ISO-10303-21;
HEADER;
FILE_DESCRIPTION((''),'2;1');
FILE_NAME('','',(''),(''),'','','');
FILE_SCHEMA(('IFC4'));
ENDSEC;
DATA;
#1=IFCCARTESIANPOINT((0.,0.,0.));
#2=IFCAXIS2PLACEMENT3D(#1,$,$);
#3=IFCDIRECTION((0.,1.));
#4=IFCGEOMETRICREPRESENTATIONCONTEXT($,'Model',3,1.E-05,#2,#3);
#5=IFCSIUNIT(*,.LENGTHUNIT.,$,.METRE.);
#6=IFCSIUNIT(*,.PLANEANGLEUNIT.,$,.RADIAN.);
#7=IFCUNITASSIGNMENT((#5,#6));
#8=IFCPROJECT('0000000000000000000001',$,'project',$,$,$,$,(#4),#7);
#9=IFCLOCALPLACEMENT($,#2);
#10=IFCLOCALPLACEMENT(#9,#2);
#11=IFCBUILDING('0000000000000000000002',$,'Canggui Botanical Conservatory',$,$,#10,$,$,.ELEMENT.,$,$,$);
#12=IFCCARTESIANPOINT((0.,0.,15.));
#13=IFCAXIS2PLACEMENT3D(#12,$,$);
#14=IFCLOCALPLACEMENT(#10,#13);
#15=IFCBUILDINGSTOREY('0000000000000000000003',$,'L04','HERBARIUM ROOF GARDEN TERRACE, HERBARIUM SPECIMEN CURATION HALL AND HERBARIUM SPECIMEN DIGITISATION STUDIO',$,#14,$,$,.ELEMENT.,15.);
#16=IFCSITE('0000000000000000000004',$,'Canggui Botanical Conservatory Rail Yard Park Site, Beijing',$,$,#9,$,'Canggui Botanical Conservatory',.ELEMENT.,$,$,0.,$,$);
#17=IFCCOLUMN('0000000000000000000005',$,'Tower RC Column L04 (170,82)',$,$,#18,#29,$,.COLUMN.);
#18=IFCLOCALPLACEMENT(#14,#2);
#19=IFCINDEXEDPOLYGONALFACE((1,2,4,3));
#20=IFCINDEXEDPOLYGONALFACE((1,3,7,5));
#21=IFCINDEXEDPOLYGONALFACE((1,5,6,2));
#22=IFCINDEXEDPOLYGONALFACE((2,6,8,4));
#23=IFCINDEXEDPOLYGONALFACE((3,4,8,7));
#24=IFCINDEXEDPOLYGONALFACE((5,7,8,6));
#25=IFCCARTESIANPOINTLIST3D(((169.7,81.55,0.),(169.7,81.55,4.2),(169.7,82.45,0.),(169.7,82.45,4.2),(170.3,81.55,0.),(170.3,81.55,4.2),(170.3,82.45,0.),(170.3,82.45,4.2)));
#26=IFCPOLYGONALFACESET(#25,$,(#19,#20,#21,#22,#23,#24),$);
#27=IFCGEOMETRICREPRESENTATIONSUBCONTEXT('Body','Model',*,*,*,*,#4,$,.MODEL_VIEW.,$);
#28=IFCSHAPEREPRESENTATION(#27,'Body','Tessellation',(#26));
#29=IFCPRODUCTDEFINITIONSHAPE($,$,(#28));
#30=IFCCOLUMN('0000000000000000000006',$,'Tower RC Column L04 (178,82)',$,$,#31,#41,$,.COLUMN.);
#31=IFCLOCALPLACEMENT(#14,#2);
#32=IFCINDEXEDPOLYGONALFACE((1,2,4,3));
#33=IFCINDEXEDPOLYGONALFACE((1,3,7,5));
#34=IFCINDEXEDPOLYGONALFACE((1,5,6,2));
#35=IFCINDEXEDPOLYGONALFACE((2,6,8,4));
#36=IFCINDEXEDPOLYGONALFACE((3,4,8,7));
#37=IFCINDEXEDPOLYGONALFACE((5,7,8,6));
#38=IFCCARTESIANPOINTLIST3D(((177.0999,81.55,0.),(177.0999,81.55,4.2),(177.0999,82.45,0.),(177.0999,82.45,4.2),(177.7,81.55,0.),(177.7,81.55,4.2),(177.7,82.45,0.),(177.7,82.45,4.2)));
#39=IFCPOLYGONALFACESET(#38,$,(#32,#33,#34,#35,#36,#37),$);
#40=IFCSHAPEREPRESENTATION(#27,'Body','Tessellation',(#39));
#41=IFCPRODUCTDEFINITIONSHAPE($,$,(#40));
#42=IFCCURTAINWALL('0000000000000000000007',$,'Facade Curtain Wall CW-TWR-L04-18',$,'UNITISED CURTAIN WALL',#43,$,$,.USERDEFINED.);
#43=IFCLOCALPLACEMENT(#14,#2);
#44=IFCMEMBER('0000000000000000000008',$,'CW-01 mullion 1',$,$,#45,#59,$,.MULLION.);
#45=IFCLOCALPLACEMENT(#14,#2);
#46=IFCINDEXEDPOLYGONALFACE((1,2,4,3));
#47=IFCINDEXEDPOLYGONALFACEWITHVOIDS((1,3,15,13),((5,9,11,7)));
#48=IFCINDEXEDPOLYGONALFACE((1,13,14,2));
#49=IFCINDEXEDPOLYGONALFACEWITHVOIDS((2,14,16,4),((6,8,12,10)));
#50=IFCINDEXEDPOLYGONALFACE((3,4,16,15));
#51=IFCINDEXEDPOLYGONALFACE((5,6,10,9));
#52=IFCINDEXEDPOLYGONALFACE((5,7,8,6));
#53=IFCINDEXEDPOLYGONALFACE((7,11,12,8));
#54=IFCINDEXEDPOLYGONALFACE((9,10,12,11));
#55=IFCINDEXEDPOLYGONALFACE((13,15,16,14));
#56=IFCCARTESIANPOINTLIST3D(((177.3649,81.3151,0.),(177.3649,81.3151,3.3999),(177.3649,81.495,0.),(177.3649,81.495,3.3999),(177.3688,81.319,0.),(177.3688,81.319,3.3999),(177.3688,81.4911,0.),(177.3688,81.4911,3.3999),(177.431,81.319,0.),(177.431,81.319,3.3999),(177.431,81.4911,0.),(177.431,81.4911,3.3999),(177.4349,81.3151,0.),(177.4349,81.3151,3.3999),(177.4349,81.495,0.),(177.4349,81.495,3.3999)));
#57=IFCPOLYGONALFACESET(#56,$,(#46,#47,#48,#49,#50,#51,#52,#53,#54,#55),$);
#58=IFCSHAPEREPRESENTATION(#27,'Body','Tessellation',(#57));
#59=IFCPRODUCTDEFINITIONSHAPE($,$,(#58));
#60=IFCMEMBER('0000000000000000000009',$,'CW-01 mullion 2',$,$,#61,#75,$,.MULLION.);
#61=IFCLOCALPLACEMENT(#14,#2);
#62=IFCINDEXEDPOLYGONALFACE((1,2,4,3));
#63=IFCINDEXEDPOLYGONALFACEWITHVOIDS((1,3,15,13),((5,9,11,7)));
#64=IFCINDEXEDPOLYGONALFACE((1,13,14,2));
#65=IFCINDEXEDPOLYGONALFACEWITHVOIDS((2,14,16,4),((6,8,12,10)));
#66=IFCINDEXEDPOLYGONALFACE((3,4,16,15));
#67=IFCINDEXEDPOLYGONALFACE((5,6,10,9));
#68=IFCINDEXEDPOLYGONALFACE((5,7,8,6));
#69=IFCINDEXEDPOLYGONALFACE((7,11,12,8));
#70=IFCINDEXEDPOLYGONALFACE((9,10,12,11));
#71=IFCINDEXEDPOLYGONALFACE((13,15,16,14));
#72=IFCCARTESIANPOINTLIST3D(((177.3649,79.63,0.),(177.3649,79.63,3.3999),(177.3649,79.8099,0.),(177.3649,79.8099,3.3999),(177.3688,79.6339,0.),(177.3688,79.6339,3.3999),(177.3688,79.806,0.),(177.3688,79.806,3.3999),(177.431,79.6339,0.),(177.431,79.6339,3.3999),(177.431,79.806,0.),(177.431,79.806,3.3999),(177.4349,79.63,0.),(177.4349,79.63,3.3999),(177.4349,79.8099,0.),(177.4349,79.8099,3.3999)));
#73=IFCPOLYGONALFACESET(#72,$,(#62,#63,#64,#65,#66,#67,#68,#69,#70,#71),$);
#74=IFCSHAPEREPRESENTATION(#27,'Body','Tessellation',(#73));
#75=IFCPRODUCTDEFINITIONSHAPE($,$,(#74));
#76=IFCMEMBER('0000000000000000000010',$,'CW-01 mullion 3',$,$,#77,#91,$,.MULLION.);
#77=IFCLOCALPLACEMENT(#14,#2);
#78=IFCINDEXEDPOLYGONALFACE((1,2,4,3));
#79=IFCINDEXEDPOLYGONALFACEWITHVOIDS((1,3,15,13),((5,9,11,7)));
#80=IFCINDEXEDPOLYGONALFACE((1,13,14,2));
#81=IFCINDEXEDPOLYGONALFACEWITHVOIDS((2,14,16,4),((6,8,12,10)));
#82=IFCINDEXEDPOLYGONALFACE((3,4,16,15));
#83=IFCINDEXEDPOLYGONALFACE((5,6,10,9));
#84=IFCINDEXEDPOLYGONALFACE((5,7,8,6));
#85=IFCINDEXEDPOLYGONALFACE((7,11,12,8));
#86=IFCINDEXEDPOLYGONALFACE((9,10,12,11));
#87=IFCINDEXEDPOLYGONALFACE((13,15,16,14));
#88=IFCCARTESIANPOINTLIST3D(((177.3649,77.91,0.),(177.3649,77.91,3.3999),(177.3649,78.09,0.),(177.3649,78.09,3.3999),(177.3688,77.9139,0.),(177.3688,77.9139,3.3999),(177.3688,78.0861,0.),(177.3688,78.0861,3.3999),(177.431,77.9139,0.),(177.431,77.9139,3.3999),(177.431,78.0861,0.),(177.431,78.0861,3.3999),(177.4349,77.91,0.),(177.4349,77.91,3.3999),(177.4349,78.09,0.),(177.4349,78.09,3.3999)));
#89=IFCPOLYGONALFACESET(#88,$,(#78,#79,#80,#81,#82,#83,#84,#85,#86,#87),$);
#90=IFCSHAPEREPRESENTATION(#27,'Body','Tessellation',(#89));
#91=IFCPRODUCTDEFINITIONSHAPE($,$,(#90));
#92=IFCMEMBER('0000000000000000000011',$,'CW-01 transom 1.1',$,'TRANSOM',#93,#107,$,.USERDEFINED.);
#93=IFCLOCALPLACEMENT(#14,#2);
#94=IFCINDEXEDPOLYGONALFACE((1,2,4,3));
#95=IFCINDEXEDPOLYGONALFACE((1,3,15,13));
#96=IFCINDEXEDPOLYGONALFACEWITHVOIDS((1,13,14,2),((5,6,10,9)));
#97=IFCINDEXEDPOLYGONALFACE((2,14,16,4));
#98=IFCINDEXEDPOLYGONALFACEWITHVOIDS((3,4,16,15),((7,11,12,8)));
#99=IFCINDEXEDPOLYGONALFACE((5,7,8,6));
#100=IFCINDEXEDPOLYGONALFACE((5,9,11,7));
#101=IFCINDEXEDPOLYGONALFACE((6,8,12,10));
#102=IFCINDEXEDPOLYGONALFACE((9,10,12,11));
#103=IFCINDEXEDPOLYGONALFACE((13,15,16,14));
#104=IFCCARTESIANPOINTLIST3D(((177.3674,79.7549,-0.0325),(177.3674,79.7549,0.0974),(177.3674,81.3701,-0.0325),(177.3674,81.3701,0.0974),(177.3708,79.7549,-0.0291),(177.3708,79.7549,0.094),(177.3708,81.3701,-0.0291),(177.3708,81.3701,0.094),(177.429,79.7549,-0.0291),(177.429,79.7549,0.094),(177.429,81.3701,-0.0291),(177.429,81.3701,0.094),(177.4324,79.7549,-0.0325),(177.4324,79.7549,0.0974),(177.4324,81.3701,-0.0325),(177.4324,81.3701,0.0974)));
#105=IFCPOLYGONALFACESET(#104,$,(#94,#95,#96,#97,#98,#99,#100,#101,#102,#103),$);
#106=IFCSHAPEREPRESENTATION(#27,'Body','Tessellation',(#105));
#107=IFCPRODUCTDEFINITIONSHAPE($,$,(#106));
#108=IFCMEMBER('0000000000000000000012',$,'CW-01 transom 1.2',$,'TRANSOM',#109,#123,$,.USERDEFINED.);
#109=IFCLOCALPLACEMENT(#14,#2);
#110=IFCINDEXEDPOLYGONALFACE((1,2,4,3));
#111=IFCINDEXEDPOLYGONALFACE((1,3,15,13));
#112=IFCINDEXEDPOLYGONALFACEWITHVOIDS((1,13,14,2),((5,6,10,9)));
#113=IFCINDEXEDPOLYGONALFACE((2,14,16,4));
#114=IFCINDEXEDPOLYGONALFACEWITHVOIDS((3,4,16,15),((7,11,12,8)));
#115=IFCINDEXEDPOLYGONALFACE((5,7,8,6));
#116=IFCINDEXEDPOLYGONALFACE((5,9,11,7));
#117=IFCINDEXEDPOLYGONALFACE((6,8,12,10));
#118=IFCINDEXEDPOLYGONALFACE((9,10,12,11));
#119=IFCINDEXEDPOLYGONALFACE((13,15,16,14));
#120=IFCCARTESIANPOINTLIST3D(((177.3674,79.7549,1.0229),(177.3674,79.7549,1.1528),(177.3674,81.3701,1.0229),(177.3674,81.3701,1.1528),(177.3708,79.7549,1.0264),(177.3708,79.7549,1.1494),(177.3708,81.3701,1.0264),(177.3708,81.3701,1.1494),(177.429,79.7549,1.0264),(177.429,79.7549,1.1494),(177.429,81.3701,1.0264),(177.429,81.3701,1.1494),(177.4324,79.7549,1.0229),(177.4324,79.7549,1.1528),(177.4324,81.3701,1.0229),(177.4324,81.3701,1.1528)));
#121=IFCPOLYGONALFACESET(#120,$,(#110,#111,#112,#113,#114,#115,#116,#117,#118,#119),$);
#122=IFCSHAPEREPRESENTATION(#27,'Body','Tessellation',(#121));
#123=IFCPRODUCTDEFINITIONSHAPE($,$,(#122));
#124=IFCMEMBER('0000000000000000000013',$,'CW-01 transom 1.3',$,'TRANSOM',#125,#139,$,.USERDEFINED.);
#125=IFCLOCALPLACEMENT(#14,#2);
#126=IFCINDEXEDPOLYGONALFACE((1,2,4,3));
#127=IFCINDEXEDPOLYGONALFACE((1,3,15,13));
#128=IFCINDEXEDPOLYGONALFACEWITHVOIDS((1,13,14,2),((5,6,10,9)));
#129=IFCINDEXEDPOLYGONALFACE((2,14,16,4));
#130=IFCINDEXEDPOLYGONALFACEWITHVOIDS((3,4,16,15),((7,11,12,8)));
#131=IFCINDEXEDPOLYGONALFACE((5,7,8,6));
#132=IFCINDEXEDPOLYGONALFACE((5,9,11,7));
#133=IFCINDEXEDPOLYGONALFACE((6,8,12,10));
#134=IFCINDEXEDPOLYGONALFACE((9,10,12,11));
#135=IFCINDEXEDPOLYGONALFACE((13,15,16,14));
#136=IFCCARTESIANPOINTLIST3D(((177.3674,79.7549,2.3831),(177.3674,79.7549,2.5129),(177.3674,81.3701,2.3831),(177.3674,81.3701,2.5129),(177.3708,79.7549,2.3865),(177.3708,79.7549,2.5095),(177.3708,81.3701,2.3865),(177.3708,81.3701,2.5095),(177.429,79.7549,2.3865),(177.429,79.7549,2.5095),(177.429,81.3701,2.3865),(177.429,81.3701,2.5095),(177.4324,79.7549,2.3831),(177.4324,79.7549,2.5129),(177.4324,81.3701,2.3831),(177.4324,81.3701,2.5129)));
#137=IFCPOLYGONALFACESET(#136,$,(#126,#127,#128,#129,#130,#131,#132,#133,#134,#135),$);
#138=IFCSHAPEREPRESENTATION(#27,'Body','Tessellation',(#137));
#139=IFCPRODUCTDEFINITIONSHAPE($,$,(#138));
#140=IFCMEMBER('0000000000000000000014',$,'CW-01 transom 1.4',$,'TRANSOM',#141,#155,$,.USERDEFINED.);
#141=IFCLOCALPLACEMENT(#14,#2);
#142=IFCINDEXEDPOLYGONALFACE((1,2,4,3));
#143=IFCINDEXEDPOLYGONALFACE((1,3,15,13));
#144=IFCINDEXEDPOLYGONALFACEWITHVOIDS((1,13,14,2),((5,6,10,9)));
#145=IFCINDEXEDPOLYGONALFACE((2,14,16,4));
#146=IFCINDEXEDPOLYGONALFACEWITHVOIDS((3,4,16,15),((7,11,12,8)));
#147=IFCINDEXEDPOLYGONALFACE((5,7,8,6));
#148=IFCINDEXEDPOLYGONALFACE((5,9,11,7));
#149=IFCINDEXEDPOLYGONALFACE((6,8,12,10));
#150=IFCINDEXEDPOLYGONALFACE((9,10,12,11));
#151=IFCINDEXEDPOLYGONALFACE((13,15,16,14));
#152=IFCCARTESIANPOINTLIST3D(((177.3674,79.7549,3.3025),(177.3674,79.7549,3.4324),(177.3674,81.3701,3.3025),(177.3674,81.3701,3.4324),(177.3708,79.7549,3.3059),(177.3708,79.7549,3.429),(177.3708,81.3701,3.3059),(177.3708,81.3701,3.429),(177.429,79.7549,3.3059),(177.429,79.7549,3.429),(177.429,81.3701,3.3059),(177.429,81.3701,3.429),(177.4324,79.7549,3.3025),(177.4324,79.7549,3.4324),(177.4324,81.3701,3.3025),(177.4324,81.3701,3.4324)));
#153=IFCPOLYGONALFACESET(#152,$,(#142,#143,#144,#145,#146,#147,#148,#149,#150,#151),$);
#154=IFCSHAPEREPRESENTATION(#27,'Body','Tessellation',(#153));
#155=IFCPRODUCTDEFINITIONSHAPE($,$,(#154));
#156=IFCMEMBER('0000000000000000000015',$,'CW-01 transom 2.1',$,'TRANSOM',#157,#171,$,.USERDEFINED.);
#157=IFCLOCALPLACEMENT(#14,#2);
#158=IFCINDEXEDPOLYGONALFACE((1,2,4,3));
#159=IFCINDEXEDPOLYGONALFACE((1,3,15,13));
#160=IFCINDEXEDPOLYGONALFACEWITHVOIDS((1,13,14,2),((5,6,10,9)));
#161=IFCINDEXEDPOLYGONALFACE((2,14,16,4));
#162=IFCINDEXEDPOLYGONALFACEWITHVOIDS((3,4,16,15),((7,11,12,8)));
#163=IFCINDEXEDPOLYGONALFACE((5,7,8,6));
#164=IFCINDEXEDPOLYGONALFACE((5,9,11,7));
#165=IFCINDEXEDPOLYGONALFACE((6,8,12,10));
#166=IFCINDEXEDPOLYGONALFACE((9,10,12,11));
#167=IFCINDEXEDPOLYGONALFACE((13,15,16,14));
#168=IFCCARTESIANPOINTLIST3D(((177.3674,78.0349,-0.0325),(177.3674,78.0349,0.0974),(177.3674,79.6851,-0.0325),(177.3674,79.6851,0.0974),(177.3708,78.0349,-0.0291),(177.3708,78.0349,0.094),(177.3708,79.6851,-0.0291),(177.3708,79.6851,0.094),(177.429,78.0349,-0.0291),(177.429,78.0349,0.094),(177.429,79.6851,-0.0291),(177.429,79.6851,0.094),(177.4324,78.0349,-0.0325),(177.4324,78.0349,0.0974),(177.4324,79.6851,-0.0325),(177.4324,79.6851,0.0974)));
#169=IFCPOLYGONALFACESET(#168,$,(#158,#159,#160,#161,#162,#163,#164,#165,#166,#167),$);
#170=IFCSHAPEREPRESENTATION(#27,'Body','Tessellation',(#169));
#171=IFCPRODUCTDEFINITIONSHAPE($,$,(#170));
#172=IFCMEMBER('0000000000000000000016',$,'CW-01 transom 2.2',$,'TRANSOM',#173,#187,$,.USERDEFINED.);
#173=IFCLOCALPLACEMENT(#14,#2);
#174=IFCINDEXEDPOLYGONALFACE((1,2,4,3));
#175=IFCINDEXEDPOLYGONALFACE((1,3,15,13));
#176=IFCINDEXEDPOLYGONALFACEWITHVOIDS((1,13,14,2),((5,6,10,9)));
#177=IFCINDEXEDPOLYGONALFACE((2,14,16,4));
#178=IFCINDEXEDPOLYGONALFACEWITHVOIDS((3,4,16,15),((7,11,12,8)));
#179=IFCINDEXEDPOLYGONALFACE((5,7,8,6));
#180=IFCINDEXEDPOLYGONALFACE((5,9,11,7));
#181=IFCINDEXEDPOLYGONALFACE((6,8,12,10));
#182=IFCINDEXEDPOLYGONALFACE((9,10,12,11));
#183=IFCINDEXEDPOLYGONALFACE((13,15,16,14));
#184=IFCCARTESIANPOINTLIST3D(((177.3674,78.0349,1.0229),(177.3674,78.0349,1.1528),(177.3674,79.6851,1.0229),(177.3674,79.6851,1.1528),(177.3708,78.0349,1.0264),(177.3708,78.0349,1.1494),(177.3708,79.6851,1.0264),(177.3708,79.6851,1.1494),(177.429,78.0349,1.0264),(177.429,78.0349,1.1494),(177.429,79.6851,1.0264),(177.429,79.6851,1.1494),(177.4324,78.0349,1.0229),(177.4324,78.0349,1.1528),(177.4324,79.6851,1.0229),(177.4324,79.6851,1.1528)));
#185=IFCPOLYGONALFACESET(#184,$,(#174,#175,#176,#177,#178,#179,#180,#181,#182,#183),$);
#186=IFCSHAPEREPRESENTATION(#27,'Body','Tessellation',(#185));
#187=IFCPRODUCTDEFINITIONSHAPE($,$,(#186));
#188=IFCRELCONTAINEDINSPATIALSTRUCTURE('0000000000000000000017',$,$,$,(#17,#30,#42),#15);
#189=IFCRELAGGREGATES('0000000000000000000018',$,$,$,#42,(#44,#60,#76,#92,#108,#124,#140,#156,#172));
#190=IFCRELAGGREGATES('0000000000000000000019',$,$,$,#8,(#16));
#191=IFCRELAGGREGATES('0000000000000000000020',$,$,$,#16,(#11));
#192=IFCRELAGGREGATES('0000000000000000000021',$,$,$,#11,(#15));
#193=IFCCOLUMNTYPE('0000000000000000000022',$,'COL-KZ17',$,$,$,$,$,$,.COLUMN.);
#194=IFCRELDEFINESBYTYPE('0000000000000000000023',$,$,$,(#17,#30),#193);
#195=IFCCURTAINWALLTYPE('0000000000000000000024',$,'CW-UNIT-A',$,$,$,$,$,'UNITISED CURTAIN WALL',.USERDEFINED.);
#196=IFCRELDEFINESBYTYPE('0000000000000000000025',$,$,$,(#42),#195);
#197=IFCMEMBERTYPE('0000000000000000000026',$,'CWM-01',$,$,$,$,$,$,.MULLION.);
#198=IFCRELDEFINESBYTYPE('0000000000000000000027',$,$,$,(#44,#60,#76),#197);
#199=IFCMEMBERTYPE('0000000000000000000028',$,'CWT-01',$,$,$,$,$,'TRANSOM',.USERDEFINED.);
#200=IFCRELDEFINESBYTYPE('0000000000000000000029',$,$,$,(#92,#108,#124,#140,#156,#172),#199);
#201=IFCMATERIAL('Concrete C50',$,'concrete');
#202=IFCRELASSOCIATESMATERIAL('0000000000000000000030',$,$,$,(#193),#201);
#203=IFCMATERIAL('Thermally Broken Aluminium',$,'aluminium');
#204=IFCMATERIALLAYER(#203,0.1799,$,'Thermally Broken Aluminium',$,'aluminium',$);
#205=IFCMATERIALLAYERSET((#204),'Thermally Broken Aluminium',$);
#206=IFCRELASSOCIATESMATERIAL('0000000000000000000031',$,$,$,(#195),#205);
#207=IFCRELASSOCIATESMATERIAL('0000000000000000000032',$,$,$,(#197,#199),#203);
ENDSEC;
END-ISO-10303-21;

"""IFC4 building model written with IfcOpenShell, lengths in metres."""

from ifc_helpers import new_model, si_unit, direction, frame, origin, origin_2d, place, context, subcontext, project, spatial, rectangle, hollow_rectangle, extrude, material, layer, layer_set, material_profile, profile_set, type_object, element, aggregate, save


model = new_model("IFC4")

# Units and contexts
model_context = context("Model", 3, precision=1e-05, world=origin(), true_north=direction((0.0, 1.0)))
body_context = subcontext(model_context, "Body", "Model", "MODEL_VIEW")
ifc_project = project(units=[si_unit("LENGTHUNIT", "METRE"), si_unit("PLANEANGLEUNIT", "RADIAN")], contexts=[model_context])

# Site, building, storey
site_placement = place(None, origin())
site = spatial("IfcSite", under=ifc_project, at=site_placement, Name="Canggui Botanical Conservatory Rail Yard Park Site, Beijing", LongName="Canggui Botanical Conservatory", CompositionType="ELEMENT", RefElevation=0.0)
building_placement = place(site_placement, origin())
building = spatial("IfcBuilding", under=site, at=building_placement, Name="Canggui Botanical Conservatory", CompositionType="ELEMENT")
storey_placement = place(building_placement, frame((0.0, 0.0, 15.0)))
storey = spatial("IfcBuildingStorey", under=building, at=storey_placement, Name="L04", Description="HERBARIUM ROOF GARDEN TERRACE, HERBARIUM SPECIMEN CURATION HALL AND HERBARIUM SPECIMEN DIGITISATION STUDIO", CompositionType="ELEMENT", Elevation=15.0)

# Columns
ifc_material_1 = material(Name="Concrete C50", Category="concrete")
ifc_material_profile_1 = material_profile(ifc_material_1, rectangle(XDim=0.6001, YDim=0.8999, at=origin_2d()), Name="RC 600x900")
ifc_profile_set_1 = profile_set([ifc_material_profile_1], Name="Concrete C50")
column_type = type_object("IfcColumnType", Name="COL-KZ17", PredefinedType="COLUMN", material=ifc_profile_set_1)
for number, where, z_axis, x_axis, name in (
    (1, (170.0, 82.0, 0.0), (0.0, 0.0, 1.0), (1.0, 0.0, 0.0), "Tower RC Column L04 (170,82)"),
    (2, (177.3999, 82.0, 0.0), (0.0, 0.0, 1.0), (1.0, 0.0, 0.0), "Tower RC Column L04 (178,82)"),
):
    element("IfcColumn", number, at=place(storey_placement, frame(where, z_axis=z_axis, x_axis=x_axis)), inside=storey, type_object=column_type, Name=name, PredefinedType="COLUMN", context=body_context, shape_type="SweptSolid", body=[
        extrude(rectangle(XDim=0.6001, YDim=0.8999, at=origin_2d()), origin(), (0.0, 0.0, 1.0), 4.2),
    ])

# Curtain wall, members
ifc_material_2 = material(Name="Thermally Broken Aluminium", Category="aluminium")
ifc_layer_1 = layer(ifc_material_2, 0.1799, Name="Thermally Broken Aluminium", Category="aluminium")
ifc_layer_set_1 = layer_set([ifc_layer_1], Name="Thermally Broken Aluminium")
curtain_wall_type = type_object("IfcCurtainWallType", Name="CW-UNIT-A", ElementType="UNITISED CURTAIN WALL", PredefinedType="USERDEFINED", material=ifc_layer_set_1)
curtain_wall_placement = place(storey_placement, origin())
curtain_wall = element("IfcCurtainWall", 3, at=curtain_wall_placement, inside=storey, type_object=curtain_wall_type, Name="Facade Curtain Wall CW-TWR-L04-18", ObjectType="UNITISED CURTAIN WALL", PredefinedType="USERDEFINED")
ifc_material_profile_2 = material_profile(ifc_material_2, hollow_rectangle(XDim=0.0701, YDim=0.1799, WallThickness=0.0039, at=origin_2d()), Name="CWM 70x180x4")
ifc_profile_set_2 = profile_set([ifc_material_profile_2], Name="Thermally Broken Aluminium")
member_type_1 = type_object("IfcMemberType", Name="CWM-01", PredefinedType="MULLION", material=ifc_profile_set_2)
member_1_placement = place(storey_placement, frame((177.3999, 81.405, 0.0), z_axis=(0.0, 0.0, 1.0), x_axis=(1.0, 0.0, 0.0)))
member_1 = element("IfcMember", 4, at=member_1_placement, type_object=member_type_1, Name="CW-01 mullion 1", PredefinedType="MULLION", context=body_context, shape_type="SweptSolid", body=[
    extrude(hollow_rectangle(XDim=0.0701, YDim=0.1799, WallThickness=0.0039, at=origin_2d()), origin(), (0.0, 0.0, 1.0), 3.3999),
])
member_2_placement = place(storey_placement, frame((177.3999, 79.72, 0.0), z_axis=(0.0, 0.0, 1.0), x_axis=(1.0, 0.0, 0.0)))
member_2 = element("IfcMember", 5, at=member_2_placement, type_object=member_type_1, Name="CW-01 mullion 2", PredefinedType="MULLION", context=body_context, shape_type="SweptSolid", body=[
    extrude(hollow_rectangle(XDim=0.0701, YDim=0.1799, WallThickness=0.0039, at=origin_2d()), origin(), (0.0, 0.0, 1.0), 3.3999),
])
member_3_placement = place(storey_placement, frame((177.3999, 78.0, 0.0), z_axis=(0.0, 0.0, 1.0), x_axis=(1.0, 0.0, 0.0)))
member_3 = element("IfcMember", 6, at=member_3_placement, type_object=member_type_1, Name="CW-01 mullion 3", PredefinedType="MULLION", context=body_context, shape_type="SweptSolid", body=[
    extrude(hollow_rectangle(XDim=0.0701, YDim=0.1799, WallThickness=0.0039, at=origin_2d()), origin(), (0.0, 0.0, 1.0), 3.3999),
])
ifc_material_profile_3 = material_profile(ifc_material_2, hollow_rectangle(XDim=0.0649, YDim=0.1299, WallThickness=0.0034, at=origin_2d()), Name="CWT 65x130x3.5")
ifc_profile_set_3 = profile_set([ifc_material_profile_3], Name="Thermally Broken Aluminium")
member_type_2 = type_object("IfcMemberType", Name="CWT-01", ElementType="TRANSOM", PredefinedType="USERDEFINED", material=ifc_profile_set_3)
member_4_placement = place(storey_placement, frame((177.3999, 81.3701, 0.0325), z_axis=(0.0, -1.0, 0.0), x_axis=(1.0, 0.0, 0.0)))
member_4 = element("IfcMember", 7, at=member_4_placement, type_object=member_type_2, Name="CW-01 transom 1.1", ObjectType="TRANSOM", PredefinedType="USERDEFINED", context=body_context, shape_type="SweptSolid", body=[
    extrude(hollow_rectangle(XDim=0.0649, YDim=0.1299, WallThickness=0.0034, at=origin_2d()), origin(), (0.0, 0.0, 1.0), 1.6152),
])
member_5_placement = place(storey_placement, frame((177.3999, 81.3701, 1.0879), z_axis=(0.0, -1.0, 0.0), x_axis=(1.0, 0.0, 0.0)))
member_5 = element("IfcMember", 8, at=member_5_placement, type_object=member_type_2, Name="CW-01 transom 1.2", ObjectType="TRANSOM", PredefinedType="USERDEFINED", context=body_context, shape_type="SweptSolid", body=[
    extrude(hollow_rectangle(XDim=0.0649, YDim=0.1299, WallThickness=0.0034, at=origin_2d()), origin(), (0.0, 0.0, 1.0), 1.6152),
])
member_6_placement = place(storey_placement, frame((177.3999, 81.3701, 2.448), z_axis=(0.0, -1.0, 0.0), x_axis=(1.0, 0.0, 0.0)))
member_6 = element("IfcMember", 9, at=member_6_placement, type_object=member_type_2, Name="CW-01 transom 1.3", ObjectType="TRANSOM", PredefinedType="USERDEFINED", context=body_context, shape_type="SweptSolid", body=[
    extrude(hollow_rectangle(XDim=0.0649, YDim=0.1299, WallThickness=0.0034, at=origin_2d()), origin(), (0.0, 0.0, 1.0), 1.6152),
])
member_7_placement = place(storey_placement, frame((177.3999, 81.3701, 3.3674), z_axis=(0.0, -1.0, 0.0), x_axis=(1.0, 0.0, 0.0)))
member_7 = element("IfcMember", 10, at=member_7_placement, type_object=member_type_2, Name="CW-01 transom 1.4", ObjectType="TRANSOM", PredefinedType="USERDEFINED", context=body_context, shape_type="SweptSolid", body=[
    extrude(hollow_rectangle(XDim=0.0649, YDim=0.1299, WallThickness=0.0034, at=origin_2d()), origin(), (0.0, 0.0, 1.0), 1.6152),
])
member_8_placement = place(storey_placement, frame((177.3999, 79.6851, 0.0325), z_axis=(0.0, -1.0, 0.0), x_axis=(1.0, 0.0, 0.0)))
member_8 = element("IfcMember", 11, at=member_8_placement, type_object=member_type_2, Name="CW-01 transom 2.1", ObjectType="TRANSOM", PredefinedType="USERDEFINED", context=body_context, shape_type="SweptSolid", body=[
    extrude(hollow_rectangle(XDim=0.0649, YDim=0.1299, WallThickness=0.0034, at=origin_2d()), origin(), (0.0, 0.0, 1.0), 1.6501),
])
member_9_placement = place(storey_placement, frame((177.3999, 79.6851, 1.0879), z_axis=(0.0, -1.0, 0.0), x_axis=(1.0, 0.0, 0.0)))
member_9 = element("IfcMember", 12, at=member_9_placement, type_object=member_type_2, Name="CW-01 transom 2.2", ObjectType="TRANSOM", PredefinedType="USERDEFINED", context=body_context, shape_type="SweptSolid", body=[
    extrude(hollow_rectangle(XDim=0.0649, YDim=0.1299, WallThickness=0.0034, at=origin_2d()), origin(), (0.0, 0.0, 1.0), 1.6501),
])
aggregate(curtain_wall, [member_1, member_2, member_3, member_4, member_5, member_6, member_7, member_8, member_9])

save(model, "model.ifc")
